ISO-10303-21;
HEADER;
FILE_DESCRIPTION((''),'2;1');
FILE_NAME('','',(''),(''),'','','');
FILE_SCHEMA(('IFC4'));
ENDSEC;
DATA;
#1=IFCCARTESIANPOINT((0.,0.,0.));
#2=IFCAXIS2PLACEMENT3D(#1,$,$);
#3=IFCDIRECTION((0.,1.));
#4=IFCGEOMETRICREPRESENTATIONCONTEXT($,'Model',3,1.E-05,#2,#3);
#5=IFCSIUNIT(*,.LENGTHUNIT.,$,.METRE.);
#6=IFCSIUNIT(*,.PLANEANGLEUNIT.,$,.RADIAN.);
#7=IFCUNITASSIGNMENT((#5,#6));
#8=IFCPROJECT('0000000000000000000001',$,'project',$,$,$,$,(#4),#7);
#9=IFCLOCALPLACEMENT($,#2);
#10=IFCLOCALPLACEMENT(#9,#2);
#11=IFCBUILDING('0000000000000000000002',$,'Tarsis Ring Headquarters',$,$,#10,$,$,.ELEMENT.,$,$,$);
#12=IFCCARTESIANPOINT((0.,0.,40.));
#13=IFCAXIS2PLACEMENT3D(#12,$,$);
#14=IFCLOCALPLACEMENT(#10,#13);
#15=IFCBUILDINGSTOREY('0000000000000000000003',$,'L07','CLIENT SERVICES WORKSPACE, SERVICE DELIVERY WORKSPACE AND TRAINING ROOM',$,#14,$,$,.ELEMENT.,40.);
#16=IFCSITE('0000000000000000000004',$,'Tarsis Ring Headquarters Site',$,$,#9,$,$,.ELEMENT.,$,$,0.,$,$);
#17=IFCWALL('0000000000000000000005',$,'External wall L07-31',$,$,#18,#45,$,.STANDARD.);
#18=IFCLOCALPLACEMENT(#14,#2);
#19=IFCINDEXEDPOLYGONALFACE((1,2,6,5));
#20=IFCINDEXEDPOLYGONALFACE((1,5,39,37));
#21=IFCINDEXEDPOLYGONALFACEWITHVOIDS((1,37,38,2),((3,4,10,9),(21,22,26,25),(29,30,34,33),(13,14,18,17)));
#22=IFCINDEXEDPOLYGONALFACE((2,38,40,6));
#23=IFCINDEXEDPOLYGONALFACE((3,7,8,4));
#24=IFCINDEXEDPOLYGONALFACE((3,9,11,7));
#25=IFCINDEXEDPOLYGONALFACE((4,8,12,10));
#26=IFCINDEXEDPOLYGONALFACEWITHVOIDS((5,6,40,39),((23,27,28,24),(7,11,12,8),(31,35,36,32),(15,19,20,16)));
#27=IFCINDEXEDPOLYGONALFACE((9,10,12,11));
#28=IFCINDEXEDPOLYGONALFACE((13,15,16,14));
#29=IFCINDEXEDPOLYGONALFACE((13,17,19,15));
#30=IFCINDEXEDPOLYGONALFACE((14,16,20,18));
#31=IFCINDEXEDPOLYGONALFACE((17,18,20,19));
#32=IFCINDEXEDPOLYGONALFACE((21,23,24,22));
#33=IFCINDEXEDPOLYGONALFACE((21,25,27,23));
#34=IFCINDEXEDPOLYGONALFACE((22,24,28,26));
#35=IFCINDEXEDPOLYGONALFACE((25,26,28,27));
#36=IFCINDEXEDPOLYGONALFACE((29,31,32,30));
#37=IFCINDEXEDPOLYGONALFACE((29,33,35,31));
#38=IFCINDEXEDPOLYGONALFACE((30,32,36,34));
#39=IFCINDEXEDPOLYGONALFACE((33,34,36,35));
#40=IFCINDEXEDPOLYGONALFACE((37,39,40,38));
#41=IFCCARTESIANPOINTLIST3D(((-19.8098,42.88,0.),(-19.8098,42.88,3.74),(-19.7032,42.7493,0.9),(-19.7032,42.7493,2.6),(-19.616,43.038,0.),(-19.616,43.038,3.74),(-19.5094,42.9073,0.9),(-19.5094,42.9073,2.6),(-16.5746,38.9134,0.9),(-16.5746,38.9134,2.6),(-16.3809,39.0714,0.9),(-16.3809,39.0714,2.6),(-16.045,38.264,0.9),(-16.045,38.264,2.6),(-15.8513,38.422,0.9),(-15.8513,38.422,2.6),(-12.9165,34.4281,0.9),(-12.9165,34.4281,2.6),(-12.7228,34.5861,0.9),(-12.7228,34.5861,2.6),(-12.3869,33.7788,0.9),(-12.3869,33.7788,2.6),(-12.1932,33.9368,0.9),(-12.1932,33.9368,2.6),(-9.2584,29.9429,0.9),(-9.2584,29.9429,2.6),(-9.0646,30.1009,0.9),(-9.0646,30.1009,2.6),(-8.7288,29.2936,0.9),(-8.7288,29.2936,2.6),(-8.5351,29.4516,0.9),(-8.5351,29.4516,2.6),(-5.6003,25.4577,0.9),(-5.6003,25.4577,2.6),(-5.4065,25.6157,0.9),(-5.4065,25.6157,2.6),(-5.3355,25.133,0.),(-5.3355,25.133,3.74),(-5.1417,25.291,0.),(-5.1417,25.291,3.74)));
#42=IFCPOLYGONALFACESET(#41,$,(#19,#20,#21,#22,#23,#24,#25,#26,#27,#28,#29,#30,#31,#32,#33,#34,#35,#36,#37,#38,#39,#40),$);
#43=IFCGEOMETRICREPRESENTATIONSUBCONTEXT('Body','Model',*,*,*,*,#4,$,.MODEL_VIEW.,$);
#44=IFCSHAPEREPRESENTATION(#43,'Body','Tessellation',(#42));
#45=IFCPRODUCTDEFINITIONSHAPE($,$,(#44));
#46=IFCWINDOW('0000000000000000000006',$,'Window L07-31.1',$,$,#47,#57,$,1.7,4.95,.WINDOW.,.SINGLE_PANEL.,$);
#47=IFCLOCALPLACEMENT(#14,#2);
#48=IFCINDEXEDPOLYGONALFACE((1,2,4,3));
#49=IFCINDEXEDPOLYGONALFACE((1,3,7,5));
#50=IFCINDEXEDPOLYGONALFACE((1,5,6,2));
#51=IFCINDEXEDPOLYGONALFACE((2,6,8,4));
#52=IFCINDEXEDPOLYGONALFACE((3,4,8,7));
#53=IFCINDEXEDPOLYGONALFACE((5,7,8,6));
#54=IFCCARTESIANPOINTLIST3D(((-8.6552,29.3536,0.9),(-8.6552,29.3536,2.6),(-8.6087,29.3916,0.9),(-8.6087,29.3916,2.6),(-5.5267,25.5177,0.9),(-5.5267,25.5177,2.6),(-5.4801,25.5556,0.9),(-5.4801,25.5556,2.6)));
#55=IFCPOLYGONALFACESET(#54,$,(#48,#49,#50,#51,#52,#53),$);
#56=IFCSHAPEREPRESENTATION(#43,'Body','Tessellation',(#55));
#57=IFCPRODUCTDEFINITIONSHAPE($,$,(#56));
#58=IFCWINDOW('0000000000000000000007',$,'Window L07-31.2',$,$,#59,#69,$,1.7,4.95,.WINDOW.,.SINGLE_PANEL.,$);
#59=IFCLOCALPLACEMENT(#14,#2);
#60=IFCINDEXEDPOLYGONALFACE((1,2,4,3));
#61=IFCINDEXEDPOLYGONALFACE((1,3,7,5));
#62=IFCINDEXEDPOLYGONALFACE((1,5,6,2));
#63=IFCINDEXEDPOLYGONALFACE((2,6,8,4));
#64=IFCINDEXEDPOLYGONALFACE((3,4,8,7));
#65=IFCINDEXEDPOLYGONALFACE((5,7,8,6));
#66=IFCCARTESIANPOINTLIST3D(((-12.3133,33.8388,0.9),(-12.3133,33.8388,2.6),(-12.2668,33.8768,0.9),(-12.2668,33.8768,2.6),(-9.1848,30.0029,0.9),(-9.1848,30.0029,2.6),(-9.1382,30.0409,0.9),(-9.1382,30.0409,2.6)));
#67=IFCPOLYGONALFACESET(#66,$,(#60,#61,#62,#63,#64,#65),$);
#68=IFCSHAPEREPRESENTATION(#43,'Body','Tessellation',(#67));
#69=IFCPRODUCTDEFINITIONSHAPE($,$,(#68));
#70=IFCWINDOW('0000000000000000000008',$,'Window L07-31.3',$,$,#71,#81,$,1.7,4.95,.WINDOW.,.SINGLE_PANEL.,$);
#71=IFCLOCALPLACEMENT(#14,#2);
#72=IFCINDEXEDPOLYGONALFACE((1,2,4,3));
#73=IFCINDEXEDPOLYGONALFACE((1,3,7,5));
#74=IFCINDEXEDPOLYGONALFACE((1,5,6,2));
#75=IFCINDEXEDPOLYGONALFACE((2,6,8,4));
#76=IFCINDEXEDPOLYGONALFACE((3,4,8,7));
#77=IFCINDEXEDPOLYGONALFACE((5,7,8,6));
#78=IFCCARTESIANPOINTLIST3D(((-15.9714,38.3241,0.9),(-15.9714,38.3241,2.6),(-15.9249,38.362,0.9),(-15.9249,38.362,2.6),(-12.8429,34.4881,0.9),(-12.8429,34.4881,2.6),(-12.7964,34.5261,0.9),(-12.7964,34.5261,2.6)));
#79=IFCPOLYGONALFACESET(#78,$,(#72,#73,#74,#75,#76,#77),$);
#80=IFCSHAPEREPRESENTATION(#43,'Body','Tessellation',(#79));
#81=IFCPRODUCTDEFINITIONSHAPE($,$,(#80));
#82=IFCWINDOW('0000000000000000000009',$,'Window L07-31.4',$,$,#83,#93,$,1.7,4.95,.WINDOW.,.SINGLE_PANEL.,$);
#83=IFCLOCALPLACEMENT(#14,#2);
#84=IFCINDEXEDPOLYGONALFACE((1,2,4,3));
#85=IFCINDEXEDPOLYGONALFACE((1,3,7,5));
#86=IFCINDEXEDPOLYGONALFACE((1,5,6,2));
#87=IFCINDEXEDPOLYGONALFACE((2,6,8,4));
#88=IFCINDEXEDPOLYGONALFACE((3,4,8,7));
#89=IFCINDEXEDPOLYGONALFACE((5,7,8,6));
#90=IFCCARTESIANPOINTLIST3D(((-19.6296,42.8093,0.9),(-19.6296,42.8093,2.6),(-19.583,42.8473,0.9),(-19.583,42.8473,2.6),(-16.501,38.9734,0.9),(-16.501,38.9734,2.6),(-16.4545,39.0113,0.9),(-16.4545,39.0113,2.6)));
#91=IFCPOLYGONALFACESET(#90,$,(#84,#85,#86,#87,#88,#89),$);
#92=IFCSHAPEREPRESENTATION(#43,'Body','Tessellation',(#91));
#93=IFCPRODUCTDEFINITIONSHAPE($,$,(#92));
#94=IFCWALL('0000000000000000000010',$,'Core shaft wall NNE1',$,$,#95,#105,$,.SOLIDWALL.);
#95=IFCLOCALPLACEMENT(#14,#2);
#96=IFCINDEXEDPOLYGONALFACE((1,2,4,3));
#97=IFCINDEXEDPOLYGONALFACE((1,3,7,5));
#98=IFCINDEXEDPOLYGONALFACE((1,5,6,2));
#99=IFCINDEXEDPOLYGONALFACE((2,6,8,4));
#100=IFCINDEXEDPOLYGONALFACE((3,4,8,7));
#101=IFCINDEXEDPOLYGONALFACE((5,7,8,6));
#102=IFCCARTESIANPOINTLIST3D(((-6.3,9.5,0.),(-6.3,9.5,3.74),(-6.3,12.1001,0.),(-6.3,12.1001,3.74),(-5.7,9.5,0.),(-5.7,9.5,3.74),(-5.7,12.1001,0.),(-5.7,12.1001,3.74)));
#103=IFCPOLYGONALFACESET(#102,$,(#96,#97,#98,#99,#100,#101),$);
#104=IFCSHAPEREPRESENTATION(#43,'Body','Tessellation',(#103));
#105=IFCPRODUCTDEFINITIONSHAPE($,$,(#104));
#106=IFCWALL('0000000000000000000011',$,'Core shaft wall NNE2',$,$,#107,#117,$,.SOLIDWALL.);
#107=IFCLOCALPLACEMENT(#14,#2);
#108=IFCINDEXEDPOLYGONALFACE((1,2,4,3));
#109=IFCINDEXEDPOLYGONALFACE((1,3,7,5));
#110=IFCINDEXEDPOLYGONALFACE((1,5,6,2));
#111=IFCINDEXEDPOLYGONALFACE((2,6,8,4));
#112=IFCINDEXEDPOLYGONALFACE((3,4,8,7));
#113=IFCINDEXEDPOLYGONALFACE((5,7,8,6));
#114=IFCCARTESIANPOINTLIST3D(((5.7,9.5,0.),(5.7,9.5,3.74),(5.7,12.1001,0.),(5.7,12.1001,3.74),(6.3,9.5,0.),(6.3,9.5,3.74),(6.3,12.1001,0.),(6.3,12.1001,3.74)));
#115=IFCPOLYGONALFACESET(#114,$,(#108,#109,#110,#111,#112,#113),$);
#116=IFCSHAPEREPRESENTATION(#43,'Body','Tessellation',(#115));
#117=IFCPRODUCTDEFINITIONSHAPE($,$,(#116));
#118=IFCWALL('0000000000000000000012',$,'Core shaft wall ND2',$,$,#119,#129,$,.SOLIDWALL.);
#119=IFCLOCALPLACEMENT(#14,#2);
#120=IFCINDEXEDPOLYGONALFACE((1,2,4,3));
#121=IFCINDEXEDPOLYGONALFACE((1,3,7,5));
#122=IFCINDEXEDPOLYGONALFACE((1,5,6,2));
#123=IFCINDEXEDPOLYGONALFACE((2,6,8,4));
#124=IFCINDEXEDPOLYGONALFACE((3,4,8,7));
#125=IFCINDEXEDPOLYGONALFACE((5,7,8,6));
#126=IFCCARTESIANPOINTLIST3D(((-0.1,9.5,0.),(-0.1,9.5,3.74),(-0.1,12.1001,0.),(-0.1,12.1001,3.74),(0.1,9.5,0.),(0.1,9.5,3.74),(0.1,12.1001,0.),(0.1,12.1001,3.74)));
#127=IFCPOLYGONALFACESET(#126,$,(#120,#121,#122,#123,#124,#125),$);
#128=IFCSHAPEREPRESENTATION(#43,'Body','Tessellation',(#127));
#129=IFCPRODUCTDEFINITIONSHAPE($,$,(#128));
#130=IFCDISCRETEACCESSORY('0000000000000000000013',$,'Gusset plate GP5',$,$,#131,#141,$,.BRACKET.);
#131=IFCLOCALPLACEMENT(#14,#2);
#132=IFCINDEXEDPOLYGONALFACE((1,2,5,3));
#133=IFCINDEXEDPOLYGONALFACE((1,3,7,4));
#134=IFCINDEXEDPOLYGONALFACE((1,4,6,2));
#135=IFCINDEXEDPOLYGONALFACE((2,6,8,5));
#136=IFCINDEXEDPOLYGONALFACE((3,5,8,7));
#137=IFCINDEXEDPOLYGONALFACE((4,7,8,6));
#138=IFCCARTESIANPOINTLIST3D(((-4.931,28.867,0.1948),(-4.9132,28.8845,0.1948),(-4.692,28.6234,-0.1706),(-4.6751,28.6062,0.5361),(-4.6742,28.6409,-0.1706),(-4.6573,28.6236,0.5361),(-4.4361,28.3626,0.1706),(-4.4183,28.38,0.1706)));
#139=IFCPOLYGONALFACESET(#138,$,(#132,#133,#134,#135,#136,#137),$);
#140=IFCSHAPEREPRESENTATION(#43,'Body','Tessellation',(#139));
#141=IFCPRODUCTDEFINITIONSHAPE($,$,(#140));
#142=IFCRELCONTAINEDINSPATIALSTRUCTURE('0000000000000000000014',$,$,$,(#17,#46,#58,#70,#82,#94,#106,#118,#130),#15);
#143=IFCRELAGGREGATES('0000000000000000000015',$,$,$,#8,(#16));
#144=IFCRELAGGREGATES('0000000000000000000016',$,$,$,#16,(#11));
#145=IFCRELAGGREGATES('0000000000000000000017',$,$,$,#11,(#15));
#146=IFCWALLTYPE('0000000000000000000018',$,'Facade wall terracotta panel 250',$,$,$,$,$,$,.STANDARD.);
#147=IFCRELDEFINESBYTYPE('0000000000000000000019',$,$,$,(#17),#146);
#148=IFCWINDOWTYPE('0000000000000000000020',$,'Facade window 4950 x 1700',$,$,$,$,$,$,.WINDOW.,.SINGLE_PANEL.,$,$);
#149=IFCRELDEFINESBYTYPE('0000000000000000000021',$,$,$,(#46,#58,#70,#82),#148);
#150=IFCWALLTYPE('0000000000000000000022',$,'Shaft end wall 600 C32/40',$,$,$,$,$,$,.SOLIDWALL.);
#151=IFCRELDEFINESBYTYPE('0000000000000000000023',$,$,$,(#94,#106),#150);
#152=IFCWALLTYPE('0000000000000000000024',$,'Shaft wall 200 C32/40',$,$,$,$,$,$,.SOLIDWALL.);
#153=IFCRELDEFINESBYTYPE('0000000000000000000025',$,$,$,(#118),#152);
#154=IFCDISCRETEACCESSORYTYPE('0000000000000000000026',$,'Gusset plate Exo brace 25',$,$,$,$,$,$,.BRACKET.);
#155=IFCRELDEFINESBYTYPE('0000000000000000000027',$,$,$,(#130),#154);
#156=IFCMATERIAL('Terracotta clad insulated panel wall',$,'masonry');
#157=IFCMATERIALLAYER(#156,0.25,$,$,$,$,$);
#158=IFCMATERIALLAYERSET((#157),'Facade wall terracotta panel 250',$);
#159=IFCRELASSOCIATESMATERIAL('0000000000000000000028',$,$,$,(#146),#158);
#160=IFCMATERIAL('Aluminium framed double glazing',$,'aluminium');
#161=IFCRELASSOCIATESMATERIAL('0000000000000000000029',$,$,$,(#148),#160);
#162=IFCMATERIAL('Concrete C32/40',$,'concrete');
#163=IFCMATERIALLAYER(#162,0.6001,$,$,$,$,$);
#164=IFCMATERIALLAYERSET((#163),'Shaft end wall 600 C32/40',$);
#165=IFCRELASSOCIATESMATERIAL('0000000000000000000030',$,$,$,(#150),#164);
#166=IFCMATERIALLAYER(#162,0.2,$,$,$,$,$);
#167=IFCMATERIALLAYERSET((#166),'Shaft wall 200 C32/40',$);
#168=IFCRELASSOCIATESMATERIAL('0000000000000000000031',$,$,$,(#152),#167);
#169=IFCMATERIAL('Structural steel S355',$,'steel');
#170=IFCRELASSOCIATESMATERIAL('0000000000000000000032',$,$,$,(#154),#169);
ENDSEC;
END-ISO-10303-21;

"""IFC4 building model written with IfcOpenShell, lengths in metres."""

from ifc_helpers import new_model, si_unit, direction, frame, frame_2d, origin, origin_2d, place, context, subcontext, project, spatial, rectangle, extrude, material, layer, layer_set, material_profile, profile_set, type_object, element, fill, save


model = new_model("IFC4")

# Units and contexts
model_context = context("Model", 3, precision=1e-05, world=origin(), true_north=direction((0.0, 1.0)))
body_context = subcontext(model_context, "Body", "Model", "MODEL_VIEW")
ifc_project = project(units=[si_unit("LENGTHUNIT", "METRE"), si_unit("PLANEANGLEUNIT", "RADIAN")], contexts=[model_context])

# Site, building, storey
site_placement = place(None, origin())
site = spatial("IfcSite", under=ifc_project, at=site_placement, Name="Tarsis Ring Headquarters Site", CompositionType="ELEMENT", RefElevation=0.0)
building_placement = place(site_placement, origin())
building = spatial("IfcBuilding", under=site, at=building_placement, Name="Tarsis Ring Headquarters", CompositionType="ELEMENT")
storey_placement = place(building_placement, frame((0.0, 0.0, 40.0)))
storey = spatial("IfcBuildingStorey", under=building, at=storey_placement, Name="L07", Description="CLIENT SERVICES WORKSPACE, SERVICE DELIVERY WORKSPACE AND TRAINING ROOM", CompositionType="ELEMENT", Elevation=40.0)

# Shared definitions
ifc_material_1 = material(Name="Structural steel S355", Category="steel")

# Shared definitions
ifc_material_2 = material(Name="Terracotta clad insulated panel wall", Category="masonry")
ifc_layer_1 = layer(ifc_material_2, 0.25)
ifc_layer_set_1 = layer_set([ifc_layer_1], Name="Facade wall terracotta panel 250")
wall_type_1 = type_object("IfcWallType", Name="Facade wall terracotta panel 250", PredefinedType="STANDARD", material=ifc_layer_set_1)
ifc_material_3 = material(Name="Aluminium framed double glazing", Category="aluminium")

# Wall, openings, windows
wall_1_placement = place(storey_placement, frame((-5.2385, 25.2119, 0.0), z_axis=(0.0, 0.0, 1.0), x_axis=(-0.632035, 0.77494, 0.0)))
wall_1 = element("IfcWall", 1, at=wall_1_placement, inside=storey, type_object=wall_type_1, Name="External wall L07-31", PredefinedType="STANDARD", context=body_context, shape_type="SweptSolid", body=[
    extrude(rectangle(XDim=22.9011, YDim=0.25, at=frame_2d((11.4507, 0.0))), origin(), (0.0, 0.0, 1.0), 3.74),
])
opening_1_placement = place(wall_1_placement, frame((0.4189, 0.0, 0.8999)))
opening_1 = element("IfcOpeningElement", 2, at=opening_1_placement, cuts=wall_1, PredefinedType="OPENING", context=body_context, shape_type="SweptSolid", body=[
    extrude(rectangle(XDim=4.95, YDim=1.7, at=frame_2d((2.4751, 0.8501))), frame((0.0, 0.135, 0.0), z_axis=(0.0, -1.0, 0.0), x_axis=(1.0, 0.0, 0.0)), (0.0, 0.0, 1.0), 0.27),
])
opening_2_placement = place(wall_1_placement, frame((6.2068, 0.0, 0.8999)))
opening_2 = element("IfcOpeningElement", 3, at=opening_2_placement, cuts=wall_1, PredefinedType="OPENING", context=body_context, shape_type="SweptSolid", body=[
    extrude(rectangle(XDim=4.95, YDim=1.7, at=frame_2d((2.4751, 0.8501))), frame((0.0, 0.135, 0.0), z_axis=(0.0, -1.0, 0.0), x_axis=(1.0, 0.0, 0.0)), (0.0, 0.0, 1.0), 0.27),
])
opening_3_placement = place(wall_1_placement, frame((11.9946, 0.0, 0.8999)))
opening_3 = element("IfcOpeningElement", 4, at=opening_3_placement, cuts=wall_1, PredefinedType="OPENING", context=body_context, shape_type="SweptSolid", body=[
    extrude(rectangle(XDim=4.95, YDim=1.7, at=frame_2d((2.4751, 0.8501))), frame((0.0, 0.135, 0.0), z_axis=(0.0, -1.0, 0.0), x_axis=(1.0, 0.0, 0.0)), (0.0, 0.0, 1.0), 0.27),
])
opening_4_placement = place(wall_1_placement, frame((17.7825, 0.0, 0.8999)))
opening_4 = element("IfcOpeningElement", 5, at=opening_4_placement, cuts=wall_1, PredefinedType="OPENING", context=body_context, shape_type="SweptSolid", body=[
    extrude(rectangle(XDim=4.95, YDim=1.7, at=frame_2d((2.4751, 0.8501))), frame((0.0, 0.135, 0.0), z_axis=(0.0, -1.0, 0.0), x_axis=(1.0, 0.0, 0.0)), (0.0, 0.0, 1.0), 0.27),
])
window_type_1 = type_object("IfcWindowType", Name="Facade window 4950 x 1700", PartitioningType="SINGLE_PANEL", PredefinedType="WINDOW", material=ifc_material_3)
window_1_placement = place(opening_1_placement, origin())
window_1 = element("IfcWindow", 6, at=window_1_placement, inside=storey, type_object=window_type_1, Name="Window L07-31.1", OverallHeight=1.7, OverallWidth=4.95, PartitioningType="SINGLE_PANEL", PredefinedType="WINDOW", context=body_context, shape_type="SweptSolid", body=[
    extrude(rectangle(XDim=4.95, YDim=1.7, at=frame_2d((2.4751, 0.8501))), frame((0.0, 0.03, 0.0), z_axis=(0.0, -1.0, 0.0), x_axis=(1.0, 0.0, 0.0)), (0.0, 0.0, 1.0), 0.0601),
])
fill(opening_1, window_1)
window_2_placement = place(opening_2_placement, origin())
window_2 = element("IfcWindow", 7, at=window_2_placement, inside=storey, type_object=window_type_1, Name="Window L07-31.2", OverallHeight=1.7, OverallWidth=4.95, PartitioningType="SINGLE_PANEL", PredefinedType="WINDOW", context=body_context, shape_type="SweptSolid", body=[
    extrude(rectangle(XDim=4.95, YDim=1.7, at=frame_2d((2.4751, 0.8501))), frame((0.0, 0.03, 0.0), z_axis=(0.0, -1.0, 0.0), x_axis=(1.0, 0.0, 0.0)), (0.0, 0.0, 1.0), 0.0601),
])
fill(opening_2, window_2)
window_3_placement = place(opening_3_placement, origin())
window_3 = element("IfcWindow", 8, at=window_3_placement, inside=storey, type_object=window_type_1, Name="Window L07-31.3", OverallHeight=1.7, OverallWidth=4.95, PartitioningType="SINGLE_PANEL", PredefinedType="WINDOW", context=body_context, shape_type="SweptSolid", body=[
    extrude(rectangle(XDim=4.95, YDim=1.7, at=frame_2d((2.4751, 0.8501))), frame((0.0, 0.03, 0.0), z_axis=(0.0, -1.0, 0.0), x_axis=(1.0, 0.0, 0.0)), (0.0, 0.0, 1.0), 0.0601),
])
fill(opening_3, window_3)
window_4_placement = place(opening_4_placement, origin())
window_4 = element("IfcWindow", 9, at=window_4_placement, inside=storey, type_object=window_type_1, Name="Window L07-31.4", OverallHeight=1.7, OverallWidth=4.95, PartitioningType="SINGLE_PANEL", PredefinedType="WINDOW", context=body_context, shape_type="SweptSolid", body=[
    extrude(rectangle(XDim=4.95, YDim=1.7, at=frame_2d((2.4751, 0.8501))), frame((0.0, 0.03, 0.0), z_axis=(0.0, -1.0, 0.0), x_axis=(1.0, 0.0, 0.0)), (0.0, 0.0, 1.0), 0.0601),
])
fill(opening_4, window_4)

# Walls
ifc_material_4 = material(Name="Concrete C32/40", Category="concrete")
ifc_layer_2 = layer(ifc_material_4, 0.6001)
ifc_layer_set_2 = layer_set([ifc_layer_2], Name="Shaft end wall 600 C32/40")
wall_type_2 = type_object("IfcWallType", Name="Shaft end wall 600 C32/40", PredefinedType="SOLIDWALL", material=ifc_layer_set_2)
for number, where, z_axis, x_axis, name in (
    (10, (-6.0, 9.5, 0.0), (0.0, 0.0, 1.0), (0.0, 1.0, 0.0), "Core shaft wall NNE1"),
    (11, (6.0, 9.5, 0.0), (0.0, 0.0, 1.0), (0.0, 1.0, 0.0), "Core shaft wall NNE2"),
):
    element("IfcWall", number, at=place(storey_placement, frame(where, z_axis=z_axis, x_axis=x_axis)), inside=storey, type_object=wall_type_2, Name=name, PredefinedType="SOLIDWALL", context=body_context, shape_type="SweptSolid", body=[
        extrude(rectangle(XDim=2.6001, YDim=0.6001, at=frame_2d((1.3, 0.0))), origin(), (0.0, 0.0, 1.0), 3.74),
    ])
ifc_layer_3 = layer(ifc_material_4, 0.2)
ifc_layer_set_3 = layer_set([ifc_layer_3], Name="Shaft wall 200 C32/40")
wall_type_3 = type_object("IfcWallType", Name="Shaft wall 200 C32/40", PredefinedType="SOLIDWALL", material=ifc_layer_set_3)
wall_2_placement = place(storey_placement, frame((0.0, 9.5, 0.0), z_axis=(0.0, 0.0, 1.0), x_axis=(0.0, 1.0, 0.0)))
element("IfcWall", 12, at=wall_2_placement, inside=storey, type_object=wall_type_3, Name="Core shaft wall ND2", PredefinedType="SOLIDWALL", context=body_context, shape_type="SweptSolid", body=[
    extrude(rectangle(XDim=2.6001, YDim=0.2, at=frame_2d((1.3, 0.0))), origin(), (0.0, 0.0, 1.0), 3.74),
])

# Discrete accessory
ifc_material_profile_1 = material_profile(ifc_material_1, rectangle(XDim=0.0249, YDim=0.5, at=origin_2d()), Name="PL 25x500")
ifc_profile_set_1 = profile_set([ifc_material_profile_1], Name="Structural steel S355")
discrete_accessory_type = type_object("IfcDiscreteAccessoryType", Name="Gusset plate Exo brace 25", PredefinedType="BRACKET", material=ifc_profile_set_1)
discrete_accessory_placement = place(storey_placement, frame((-4.5552, 28.5017, 0.0), z_axis=(-0.477962, 0.487238, 0.730857), x_axis=(-0.713869, -0.700279, 0.0)))
element("IfcDiscreteAccessory", 13, at=discrete_accessory_placement, inside=storey, type_object=discrete_accessory_type, Name="Gusset plate GP5", PredefinedType="BRACKET", context=body_context, shape_type="SweptSolid", body=[
    extrude(rectangle(XDim=0.0249, YDim=0.5, at=origin_2d()), origin(), (0.0, 0.0, 1.0), 0.5),
])

save(model, "model.ifc")
